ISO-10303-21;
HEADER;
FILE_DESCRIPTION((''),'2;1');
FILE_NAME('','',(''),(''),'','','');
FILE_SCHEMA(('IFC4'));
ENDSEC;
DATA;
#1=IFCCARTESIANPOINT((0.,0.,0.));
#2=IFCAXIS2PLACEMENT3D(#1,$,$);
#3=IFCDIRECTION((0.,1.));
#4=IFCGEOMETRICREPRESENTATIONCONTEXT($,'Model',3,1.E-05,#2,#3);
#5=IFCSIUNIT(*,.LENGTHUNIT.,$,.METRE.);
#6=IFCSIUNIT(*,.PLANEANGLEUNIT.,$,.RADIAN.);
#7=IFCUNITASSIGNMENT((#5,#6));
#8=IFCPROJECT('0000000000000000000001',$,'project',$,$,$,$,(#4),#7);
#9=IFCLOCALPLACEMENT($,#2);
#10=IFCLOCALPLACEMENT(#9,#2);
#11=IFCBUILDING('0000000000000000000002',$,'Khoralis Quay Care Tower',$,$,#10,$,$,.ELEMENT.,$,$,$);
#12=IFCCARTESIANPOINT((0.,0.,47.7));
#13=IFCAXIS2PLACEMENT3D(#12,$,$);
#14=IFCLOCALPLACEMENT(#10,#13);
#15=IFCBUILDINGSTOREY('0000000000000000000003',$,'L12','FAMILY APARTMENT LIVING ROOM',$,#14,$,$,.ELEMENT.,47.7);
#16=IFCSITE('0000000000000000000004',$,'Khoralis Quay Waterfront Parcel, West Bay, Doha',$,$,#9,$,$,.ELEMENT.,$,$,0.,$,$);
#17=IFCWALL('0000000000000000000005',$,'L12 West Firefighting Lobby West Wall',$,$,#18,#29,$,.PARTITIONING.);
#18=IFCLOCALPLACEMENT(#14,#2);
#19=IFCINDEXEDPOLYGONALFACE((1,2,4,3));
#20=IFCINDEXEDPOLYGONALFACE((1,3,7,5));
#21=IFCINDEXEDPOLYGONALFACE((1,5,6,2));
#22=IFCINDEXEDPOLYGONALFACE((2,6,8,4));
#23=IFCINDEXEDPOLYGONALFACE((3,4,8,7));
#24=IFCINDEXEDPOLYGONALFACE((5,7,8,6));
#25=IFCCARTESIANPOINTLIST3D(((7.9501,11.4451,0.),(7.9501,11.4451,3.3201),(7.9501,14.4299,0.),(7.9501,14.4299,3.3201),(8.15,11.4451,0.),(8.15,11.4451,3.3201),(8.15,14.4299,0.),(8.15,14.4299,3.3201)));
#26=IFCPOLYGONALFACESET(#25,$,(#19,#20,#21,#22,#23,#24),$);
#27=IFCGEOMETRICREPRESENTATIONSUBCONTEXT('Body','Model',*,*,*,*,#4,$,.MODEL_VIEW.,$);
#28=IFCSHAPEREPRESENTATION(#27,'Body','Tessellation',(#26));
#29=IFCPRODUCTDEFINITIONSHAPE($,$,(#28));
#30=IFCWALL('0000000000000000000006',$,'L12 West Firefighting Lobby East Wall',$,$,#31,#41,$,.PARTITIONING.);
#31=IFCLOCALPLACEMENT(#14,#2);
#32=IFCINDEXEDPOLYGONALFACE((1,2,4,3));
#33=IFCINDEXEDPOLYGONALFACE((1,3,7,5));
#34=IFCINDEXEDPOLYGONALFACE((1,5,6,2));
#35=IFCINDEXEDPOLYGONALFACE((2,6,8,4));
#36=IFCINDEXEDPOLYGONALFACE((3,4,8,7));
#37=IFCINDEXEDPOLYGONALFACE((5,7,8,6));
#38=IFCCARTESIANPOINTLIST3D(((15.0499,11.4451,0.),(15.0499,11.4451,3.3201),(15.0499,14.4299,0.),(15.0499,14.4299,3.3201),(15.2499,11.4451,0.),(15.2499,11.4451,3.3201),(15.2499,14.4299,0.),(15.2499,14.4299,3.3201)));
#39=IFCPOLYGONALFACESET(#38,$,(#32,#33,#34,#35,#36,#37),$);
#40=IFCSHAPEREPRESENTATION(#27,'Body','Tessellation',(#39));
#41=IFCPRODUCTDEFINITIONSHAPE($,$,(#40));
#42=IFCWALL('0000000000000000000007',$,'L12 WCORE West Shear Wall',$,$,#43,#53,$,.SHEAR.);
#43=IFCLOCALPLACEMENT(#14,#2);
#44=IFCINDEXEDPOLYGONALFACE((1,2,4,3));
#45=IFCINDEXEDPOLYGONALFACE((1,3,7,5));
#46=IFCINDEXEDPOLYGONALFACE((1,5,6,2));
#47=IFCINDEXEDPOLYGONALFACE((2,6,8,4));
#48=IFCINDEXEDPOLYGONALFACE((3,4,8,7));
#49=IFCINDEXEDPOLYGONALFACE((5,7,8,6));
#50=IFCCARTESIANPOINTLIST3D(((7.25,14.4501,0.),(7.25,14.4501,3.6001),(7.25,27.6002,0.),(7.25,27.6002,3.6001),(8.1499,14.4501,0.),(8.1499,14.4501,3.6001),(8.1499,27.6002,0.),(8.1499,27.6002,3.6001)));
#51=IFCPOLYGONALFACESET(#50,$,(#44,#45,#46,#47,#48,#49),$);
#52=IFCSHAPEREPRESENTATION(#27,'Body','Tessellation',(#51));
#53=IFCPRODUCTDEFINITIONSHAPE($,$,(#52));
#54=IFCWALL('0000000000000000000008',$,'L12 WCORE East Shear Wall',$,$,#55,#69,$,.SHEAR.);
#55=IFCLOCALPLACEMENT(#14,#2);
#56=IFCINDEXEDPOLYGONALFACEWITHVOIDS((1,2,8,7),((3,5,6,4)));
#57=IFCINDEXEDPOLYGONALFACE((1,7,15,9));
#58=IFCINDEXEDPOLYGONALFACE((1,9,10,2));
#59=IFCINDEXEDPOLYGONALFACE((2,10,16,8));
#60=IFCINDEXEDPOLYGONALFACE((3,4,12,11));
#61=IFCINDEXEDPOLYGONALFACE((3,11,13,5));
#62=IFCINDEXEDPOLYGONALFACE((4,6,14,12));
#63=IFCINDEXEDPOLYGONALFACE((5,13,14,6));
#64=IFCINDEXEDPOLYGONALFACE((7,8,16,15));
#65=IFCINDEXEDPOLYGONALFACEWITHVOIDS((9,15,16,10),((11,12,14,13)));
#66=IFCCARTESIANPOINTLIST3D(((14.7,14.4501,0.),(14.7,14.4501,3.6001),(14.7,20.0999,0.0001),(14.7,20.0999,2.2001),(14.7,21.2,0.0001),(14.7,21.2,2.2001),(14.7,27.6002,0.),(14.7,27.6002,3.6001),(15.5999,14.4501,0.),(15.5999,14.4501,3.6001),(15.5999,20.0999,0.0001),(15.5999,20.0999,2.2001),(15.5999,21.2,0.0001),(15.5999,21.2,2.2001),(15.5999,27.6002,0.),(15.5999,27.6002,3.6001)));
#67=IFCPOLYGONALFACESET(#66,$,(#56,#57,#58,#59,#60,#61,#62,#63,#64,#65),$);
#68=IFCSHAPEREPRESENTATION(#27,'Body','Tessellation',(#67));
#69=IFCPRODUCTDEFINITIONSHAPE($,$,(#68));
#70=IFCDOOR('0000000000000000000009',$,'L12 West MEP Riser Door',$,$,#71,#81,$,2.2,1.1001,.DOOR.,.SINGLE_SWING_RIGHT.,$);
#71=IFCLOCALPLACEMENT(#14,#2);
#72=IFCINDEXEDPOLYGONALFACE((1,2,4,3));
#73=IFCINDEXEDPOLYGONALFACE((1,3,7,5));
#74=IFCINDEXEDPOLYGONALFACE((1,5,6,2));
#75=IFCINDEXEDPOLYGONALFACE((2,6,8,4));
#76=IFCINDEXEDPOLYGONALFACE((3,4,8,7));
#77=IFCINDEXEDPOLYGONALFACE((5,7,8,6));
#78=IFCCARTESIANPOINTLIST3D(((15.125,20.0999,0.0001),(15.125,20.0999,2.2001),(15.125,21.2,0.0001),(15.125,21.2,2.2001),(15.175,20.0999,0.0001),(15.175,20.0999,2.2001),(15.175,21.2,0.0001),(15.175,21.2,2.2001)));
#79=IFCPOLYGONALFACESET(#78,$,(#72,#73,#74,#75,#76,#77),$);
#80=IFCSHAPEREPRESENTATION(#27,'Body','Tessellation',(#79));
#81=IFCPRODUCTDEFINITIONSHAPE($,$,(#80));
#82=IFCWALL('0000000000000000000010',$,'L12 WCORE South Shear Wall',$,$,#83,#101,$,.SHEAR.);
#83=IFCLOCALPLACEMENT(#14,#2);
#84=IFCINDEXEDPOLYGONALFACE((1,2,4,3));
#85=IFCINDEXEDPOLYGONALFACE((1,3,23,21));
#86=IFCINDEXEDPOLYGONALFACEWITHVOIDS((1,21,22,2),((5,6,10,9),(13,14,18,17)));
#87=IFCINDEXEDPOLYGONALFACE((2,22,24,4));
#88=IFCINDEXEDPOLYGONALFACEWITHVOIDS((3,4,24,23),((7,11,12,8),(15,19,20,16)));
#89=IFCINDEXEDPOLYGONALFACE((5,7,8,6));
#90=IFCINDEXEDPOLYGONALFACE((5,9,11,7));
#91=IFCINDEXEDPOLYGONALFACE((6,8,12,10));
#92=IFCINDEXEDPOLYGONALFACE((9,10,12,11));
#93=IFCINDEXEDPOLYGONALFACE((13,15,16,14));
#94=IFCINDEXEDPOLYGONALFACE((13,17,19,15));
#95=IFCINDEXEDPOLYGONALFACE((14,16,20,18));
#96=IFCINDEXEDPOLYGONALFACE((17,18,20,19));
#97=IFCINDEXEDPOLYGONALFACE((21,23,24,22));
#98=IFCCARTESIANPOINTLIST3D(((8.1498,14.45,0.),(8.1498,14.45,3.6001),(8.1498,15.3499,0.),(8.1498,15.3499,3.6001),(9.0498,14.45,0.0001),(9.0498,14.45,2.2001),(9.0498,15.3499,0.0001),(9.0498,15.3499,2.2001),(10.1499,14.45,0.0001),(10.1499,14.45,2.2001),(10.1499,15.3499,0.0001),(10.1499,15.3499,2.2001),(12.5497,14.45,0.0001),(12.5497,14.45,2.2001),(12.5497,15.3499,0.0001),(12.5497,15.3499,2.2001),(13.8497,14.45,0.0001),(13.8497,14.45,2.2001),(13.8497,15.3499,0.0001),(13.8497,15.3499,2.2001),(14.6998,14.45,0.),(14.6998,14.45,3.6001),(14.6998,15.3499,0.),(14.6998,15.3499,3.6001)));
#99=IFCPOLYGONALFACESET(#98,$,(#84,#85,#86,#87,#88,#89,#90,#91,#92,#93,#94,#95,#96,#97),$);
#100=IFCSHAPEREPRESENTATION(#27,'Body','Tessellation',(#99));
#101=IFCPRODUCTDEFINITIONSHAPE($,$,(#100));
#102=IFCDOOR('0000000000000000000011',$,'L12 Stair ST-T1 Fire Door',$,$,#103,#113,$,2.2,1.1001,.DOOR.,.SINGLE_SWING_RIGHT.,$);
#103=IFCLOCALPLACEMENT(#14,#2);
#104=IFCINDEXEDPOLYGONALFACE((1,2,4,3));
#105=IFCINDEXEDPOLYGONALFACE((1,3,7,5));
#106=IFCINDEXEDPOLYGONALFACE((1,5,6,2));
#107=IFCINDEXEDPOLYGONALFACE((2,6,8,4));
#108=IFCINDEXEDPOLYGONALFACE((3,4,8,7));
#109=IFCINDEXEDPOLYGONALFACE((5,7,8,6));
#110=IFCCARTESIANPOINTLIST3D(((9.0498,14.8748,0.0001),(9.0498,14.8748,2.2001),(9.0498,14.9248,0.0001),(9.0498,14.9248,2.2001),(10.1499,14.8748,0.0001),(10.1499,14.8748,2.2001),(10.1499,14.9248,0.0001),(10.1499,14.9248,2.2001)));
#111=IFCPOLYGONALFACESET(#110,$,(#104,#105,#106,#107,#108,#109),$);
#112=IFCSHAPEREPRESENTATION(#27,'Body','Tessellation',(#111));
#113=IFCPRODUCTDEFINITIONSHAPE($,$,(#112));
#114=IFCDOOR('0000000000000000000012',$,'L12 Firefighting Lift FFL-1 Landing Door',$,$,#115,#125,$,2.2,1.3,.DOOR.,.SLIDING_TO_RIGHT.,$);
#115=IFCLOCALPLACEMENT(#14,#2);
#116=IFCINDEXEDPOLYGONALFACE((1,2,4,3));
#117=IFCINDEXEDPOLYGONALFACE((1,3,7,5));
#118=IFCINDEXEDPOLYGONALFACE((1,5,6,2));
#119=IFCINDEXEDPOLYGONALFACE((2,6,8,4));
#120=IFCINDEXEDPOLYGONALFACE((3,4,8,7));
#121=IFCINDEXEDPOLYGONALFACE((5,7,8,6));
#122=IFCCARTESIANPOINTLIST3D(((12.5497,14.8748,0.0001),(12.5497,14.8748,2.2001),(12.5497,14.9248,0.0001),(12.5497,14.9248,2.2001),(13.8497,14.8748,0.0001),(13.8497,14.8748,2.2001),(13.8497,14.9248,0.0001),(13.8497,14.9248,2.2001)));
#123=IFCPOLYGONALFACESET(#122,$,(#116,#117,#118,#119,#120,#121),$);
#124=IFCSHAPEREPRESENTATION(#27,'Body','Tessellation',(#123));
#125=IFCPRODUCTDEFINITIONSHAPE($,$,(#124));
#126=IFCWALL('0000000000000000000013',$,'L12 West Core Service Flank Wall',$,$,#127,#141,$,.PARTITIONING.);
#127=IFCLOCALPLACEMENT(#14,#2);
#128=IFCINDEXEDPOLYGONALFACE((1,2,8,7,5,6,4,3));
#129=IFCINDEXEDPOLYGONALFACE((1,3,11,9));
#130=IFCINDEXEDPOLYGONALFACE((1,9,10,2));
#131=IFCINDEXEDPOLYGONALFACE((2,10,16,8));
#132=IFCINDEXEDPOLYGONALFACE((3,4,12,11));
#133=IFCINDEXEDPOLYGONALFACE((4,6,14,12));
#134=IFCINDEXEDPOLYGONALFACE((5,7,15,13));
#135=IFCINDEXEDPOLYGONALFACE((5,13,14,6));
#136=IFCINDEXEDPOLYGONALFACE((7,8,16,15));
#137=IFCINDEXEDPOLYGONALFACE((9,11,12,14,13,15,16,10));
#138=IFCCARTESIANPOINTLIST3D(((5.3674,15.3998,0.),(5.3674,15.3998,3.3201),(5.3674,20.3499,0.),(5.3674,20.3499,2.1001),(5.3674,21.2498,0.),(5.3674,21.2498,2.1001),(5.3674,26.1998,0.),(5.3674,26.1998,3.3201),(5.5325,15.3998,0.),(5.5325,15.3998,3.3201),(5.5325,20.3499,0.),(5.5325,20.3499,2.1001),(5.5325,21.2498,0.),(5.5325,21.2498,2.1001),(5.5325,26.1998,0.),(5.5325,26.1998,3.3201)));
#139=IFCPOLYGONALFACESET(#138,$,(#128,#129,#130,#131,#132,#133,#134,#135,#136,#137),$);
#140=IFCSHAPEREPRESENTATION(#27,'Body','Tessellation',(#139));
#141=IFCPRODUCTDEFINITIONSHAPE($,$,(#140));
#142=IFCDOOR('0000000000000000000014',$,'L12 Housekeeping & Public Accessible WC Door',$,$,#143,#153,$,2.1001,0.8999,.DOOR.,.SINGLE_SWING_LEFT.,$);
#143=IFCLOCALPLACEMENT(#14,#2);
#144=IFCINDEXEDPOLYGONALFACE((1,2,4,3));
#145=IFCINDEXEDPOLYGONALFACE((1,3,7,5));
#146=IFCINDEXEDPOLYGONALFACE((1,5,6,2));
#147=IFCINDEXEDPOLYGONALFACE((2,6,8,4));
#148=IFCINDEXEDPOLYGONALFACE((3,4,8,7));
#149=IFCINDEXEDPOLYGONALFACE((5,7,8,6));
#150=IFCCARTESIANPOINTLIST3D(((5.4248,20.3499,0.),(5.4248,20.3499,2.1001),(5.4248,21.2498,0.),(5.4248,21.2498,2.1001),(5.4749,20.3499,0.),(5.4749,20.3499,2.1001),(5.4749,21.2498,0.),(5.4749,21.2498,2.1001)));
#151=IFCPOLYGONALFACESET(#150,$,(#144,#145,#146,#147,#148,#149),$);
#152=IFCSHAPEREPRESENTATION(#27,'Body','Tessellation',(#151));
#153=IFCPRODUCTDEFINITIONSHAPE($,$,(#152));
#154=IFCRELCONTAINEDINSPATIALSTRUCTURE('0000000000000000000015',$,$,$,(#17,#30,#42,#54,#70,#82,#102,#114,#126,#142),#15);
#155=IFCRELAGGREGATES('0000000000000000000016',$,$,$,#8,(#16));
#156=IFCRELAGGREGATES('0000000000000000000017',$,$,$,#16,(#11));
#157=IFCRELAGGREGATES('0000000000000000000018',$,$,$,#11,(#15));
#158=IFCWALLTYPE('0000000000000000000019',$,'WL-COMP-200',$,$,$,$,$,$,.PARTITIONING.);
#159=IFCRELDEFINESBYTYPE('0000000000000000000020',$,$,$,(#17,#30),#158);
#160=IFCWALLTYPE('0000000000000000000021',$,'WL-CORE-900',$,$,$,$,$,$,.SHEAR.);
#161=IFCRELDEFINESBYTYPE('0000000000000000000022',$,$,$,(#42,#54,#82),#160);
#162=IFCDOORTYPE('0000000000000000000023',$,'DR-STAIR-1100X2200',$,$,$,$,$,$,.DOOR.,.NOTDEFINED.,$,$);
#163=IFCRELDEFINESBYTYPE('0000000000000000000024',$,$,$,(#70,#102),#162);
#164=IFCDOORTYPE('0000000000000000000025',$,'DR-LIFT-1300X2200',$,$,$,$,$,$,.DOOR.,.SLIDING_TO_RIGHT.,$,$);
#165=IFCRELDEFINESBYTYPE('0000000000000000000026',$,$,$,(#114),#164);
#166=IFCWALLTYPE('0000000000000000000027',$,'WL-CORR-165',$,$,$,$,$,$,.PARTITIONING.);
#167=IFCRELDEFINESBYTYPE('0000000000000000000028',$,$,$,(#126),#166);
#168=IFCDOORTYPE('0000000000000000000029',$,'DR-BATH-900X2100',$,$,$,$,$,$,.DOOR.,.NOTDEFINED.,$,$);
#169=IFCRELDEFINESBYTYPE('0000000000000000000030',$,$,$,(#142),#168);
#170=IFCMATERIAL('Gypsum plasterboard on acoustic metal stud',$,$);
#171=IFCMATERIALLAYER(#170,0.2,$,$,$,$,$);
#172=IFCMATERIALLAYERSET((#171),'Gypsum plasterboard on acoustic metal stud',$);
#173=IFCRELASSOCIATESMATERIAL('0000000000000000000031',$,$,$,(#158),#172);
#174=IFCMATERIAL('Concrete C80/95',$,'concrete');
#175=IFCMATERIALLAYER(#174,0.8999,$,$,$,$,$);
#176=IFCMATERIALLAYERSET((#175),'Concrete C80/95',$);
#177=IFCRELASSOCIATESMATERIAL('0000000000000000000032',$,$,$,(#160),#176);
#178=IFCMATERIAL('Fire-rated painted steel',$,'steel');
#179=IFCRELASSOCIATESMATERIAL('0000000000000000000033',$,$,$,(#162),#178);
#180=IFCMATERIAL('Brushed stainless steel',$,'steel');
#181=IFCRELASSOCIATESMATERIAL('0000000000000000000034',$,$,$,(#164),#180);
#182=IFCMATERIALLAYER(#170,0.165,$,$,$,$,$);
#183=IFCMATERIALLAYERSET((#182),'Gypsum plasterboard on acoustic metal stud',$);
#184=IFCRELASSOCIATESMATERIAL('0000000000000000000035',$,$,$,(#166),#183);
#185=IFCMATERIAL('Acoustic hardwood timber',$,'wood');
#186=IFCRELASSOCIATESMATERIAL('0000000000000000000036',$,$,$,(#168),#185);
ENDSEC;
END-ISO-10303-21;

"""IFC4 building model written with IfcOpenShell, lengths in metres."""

from ifc_helpers import new_model, si_unit, direction, frame, frame_2d, origin, place, context, subcontext, project, spatial, rectangle, extrude, source, transform, mapped, material, layer, layer_set, type_object, element, fill, save


model = new_model("IFC4")

# Units and contexts
model_context = context("Model", 3, precision=1e-05, world=origin(), true_north=direction((0.0, 1.0)))
body_context = subcontext(model_context, "Body", "Model", "MODEL_VIEW")
ifc_project = project(units=[si_unit("LENGTHUNIT", "METRE"), si_unit("PLANEANGLEUNIT", "RADIAN")], contexts=[model_context])

# Site, building, storey
site_placement = place(None, origin())
site = spatial("IfcSite", under=ifc_project, at=site_placement, Name="Khoralis Quay Waterfront Parcel, West Bay, Doha", CompositionType="ELEMENT", RefElevation=0.0)
building_placement = place(site_placement, origin())
building = spatial("IfcBuilding", under=site, at=building_placement, Name="Khoralis Quay Care Tower", CompositionType="ELEMENT")
storey_placement = place(building_placement, frame((0.0, 0.0, 47.7)))
storey = spatial("IfcBuildingStorey", under=building, at=storey_placement, Name="L12", Description="FAMILY APARTMENT LIVING ROOM", CompositionType="ELEMENT", Elevation=47.7)

# Shared definitions
ifc_material_1 = material(Name="Gypsum plasterboard on acoustic metal stud")
ifc_layer_1 = layer(ifc_material_1, 0.2)
ifc_layer_set_1 = layer_set([ifc_layer_1], Name="Gypsum plasterboard on acoustic metal stud")
wall_type_1 = type_object("IfcWallType", Name="WL-COMP-200", PredefinedType="PARTITIONING", material=ifc_layer_set_1)
ifc_material_2 = material(Name="Fire-rated painted steel", Category="steel")

# Walls
for number, where, z_axis, x_axis, name in (
    (1, (8.05, 11.4451, 0.0), (0.0, 0.0, 1.0), (0.0, 1.0, 0.0), "L12 West Firefighting Lobby West Wall"),
    (2, (15.1499, 11.4451, 0.0), (0.0, 0.0, 1.0), (0.0, 1.0, 0.0), "L12 West Firefighting Lobby East Wall"),
):
    element("IfcWall", number, at=place(storey_placement, frame(where, z_axis=z_axis, x_axis=x_axis)), inside=storey, type_object=wall_type_1, Name=name, PredefinedType="PARTITIONING", context=body_context, shape_type="SweptSolid", body=[
        extrude(rectangle(XDim=2.9849, YDim=0.2, at=frame_2d((1.4924, 0.0))), origin(), (0.0, 0.0, 1.0), 3.3201),
    ])
ifc_material_3 = material(Name="Concrete C80/95", Category="concrete")
ifc_layer_2 = layer(ifc_material_3, 0.8999)
ifc_layer_set_2 = layer_set([ifc_layer_2], Name="Concrete C80/95")
wall_type_2 = type_object("IfcWallType", Name="WL-CORE-900", PredefinedType="SHEAR", material=ifc_layer_set_2)
wall_1_placement = place(storey_placement, frame((7.7, 14.45, 0.0), z_axis=(0.0, 0.0, 1.0), x_axis=(0.0, 1.0, 0.0)))
element("IfcWall", 3, at=wall_1_placement, inside=storey, type_object=wall_type_2, Name="L12 WCORE West Shear Wall", PredefinedType="SHEAR", context=body_context, shape_type="SweptSolid", body=[
    extrude(rectangle(XDim=13.1501, YDim=0.8999, at=frame_2d((6.5752, 0.0))), origin(), (0.0, 0.0, 1.0), 3.6001),
])

# Wall, opening, door
wall_2_placement = place(storey_placement, frame((15.1499, 14.45, 0.0), z_axis=(0.0, 0.0, 1.0), x_axis=(0.0, 1.0, 0.0)))
wall_2 = element("IfcWall", 4, at=wall_2_placement, inside=storey, type_object=wall_type_2, Name="L12 WCORE East Shear Wall", PredefinedType="SHEAR", context=body_context, shape_type="SweptSolid", body=[
    extrude(rectangle(XDim=13.1501, YDim=0.8999, at=frame_2d((6.5752, 0.0))), origin(), (0.0, 0.0, 1.0), 3.6001),
])
opening_1_placement = place(wall_2_placement, frame((5.6499, 0.0, 0.0)))
opening_1 = element("IfcOpeningElement", 5, at=opening_1_placement, cuts=wall_2, PredefinedType="OPENING", context=body_context, shape_type="SweptSolid", body=[
    extrude(rectangle(XDim=1.1001, YDim=2.2, at=frame_2d((0.55, 1.1001))), frame((0.0, 0.46, 0.0), z_axis=(0.0, -1.0, 0.0), x_axis=(1.0, 0.0, 0.0)), (0.0, 0.0, 1.0), 0.9199),
])
door_type_1 = type_object("IfcDoorType", Name="DR-STAIR-1100X2200", OperationType="NOTDEFINED", PredefinedType="DOOR", material=ifc_material_2)
shared_shape_1 = source(origin(), body_context, "Body", "SweptSolid", [
    extrude(rectangle(XDim=1.1001, YDim=2.2, at=frame_2d((0.55, 1.1001))), frame((0.0, 0.0249, 0.0), z_axis=(0.0, -1.0, 0.0), x_axis=(1.0, 0.0, 0.0)), (0.0, 0.0, 1.0), 0.05),
])
door_1_placement = place(opening_1_placement, origin())
door_1 = element("IfcDoor", 6, at=door_1_placement, inside=storey, type_object=door_type_1, Name="L12 West MEP Riser Door", OperationType="SINGLE_SWING_RIGHT", OverallHeight=2.2, OverallWidth=1.1001, PredefinedType="DOOR", context=body_context, shape_type="MappedRepresentation", body=[
    mapped(shared_shape_1, transform((0.0, 0.0, 0.0), scale=1.0)),
])
fill(opening_1, door_1)

# Wall, openings, doors
wall_3_placement = place(storey_placement, frame((8.1499, 14.8999, 0.0), z_axis=(0.0, 0.0, 1.0), x_axis=(1.0, 0.0, 0.0)))
wall_3 = element("IfcWall", 7, at=wall_3_placement, inside=storey, type_object=wall_type_2, Name="L12 WCORE South Shear Wall", PredefinedType="SHEAR", context=body_context, shape_type="SweptSolid", body=[
    extrude(rectangle(XDim=6.55, YDim=0.8999, at=frame_2d((3.2749, 0.0))), origin(), (0.0, 0.0, 1.0), 3.6001),
])
opening_2_placement = place(wall_3_placement, frame((0.8999, 0.0, 0.0)))
opening_2 = element("IfcOpeningElement", 8, at=opening_2_placement, cuts=wall_3, PredefinedType="OPENING", context=body_context, shape_type="SweptSolid", body=[
    extrude(rectangle(XDim=1.1001, YDim=2.2, at=frame_2d((0.55, 1.1001))), frame((0.0, 0.46, 0.0), z_axis=(0.0, -1.0, 0.0), x_axis=(1.0, 0.0, 0.0)), (0.0, 0.0, 1.0), 0.9199),
])
opening_3_placement = place(wall_3_placement, frame((4.3999, 0.0, 0.0)))
opening_3 = element("IfcOpeningElement", 9, at=opening_3_placement, cuts=wall_3, PredefinedType="OPENING", context=body_context, shape_type="SweptSolid", body=[
    extrude(rectangle(XDim=1.3, YDim=2.2, at=frame_2d((0.6499, 1.1001))), frame((0.0, 0.46, 0.0), z_axis=(0.0, -1.0, 0.0), x_axis=(1.0, 0.0, 0.0)), (0.0, 0.0, 1.0), 0.9199),
])
door_2_placement = place(opening_2_placement, origin())
door_2 = element("IfcDoor", 10, at=door_2_placement, inside=storey, type_object=door_type_1, Name="L12 Stair ST-T1 Fire Door", OperationType="SINGLE_SWING_RIGHT", OverallHeight=2.2, OverallWidth=1.1001, PredefinedType="DOOR", context=body_context, shape_type="MappedRepresentation", body=[
    mapped(shared_shape_1, transform((0.0, 0.0, 0.0), scale=1.0)),
])
fill(opening_2, door_2)
ifc_material_4 = material(Name="Brushed stainless steel", Category="steel")
door_type_2 = type_object("IfcDoorType", Name="DR-LIFT-1300X2200", OperationType="SLIDING_TO_RIGHT", PredefinedType="DOOR", material=ifc_material_4)
shared_shape_2 = source(origin(), body_context, "Body", "SweptSolid", [
    extrude(rectangle(XDim=1.3, YDim=2.2, at=frame_2d((0.6499, 1.1001))), frame((0.0, 0.0249, 0.0), z_axis=(0.0, -1.0, 0.0), x_axis=(1.0, 0.0, 0.0)), (0.0, 0.0, 1.0), 0.05),
])
door_3_placement = place(opening_3_placement, origin())
door_3 = element("IfcDoor", 11, at=door_3_placement, inside=storey, type_object=door_type_2, Name="L12 Firefighting Lift FFL-1 Landing Door", OperationType="SLIDING_TO_RIGHT", OverallHeight=2.2, OverallWidth=1.3, PredefinedType="DOOR", context=body_context, shape_type="MappedRepresentation", body=[
    mapped(shared_shape_2, transform((0.0, 0.0, 0.0), scale=1.0)),
])
fill(opening_3, door_3)

# Wall, opening, door
ifc_layer_3 = layer(ifc_material_1, 0.165)
ifc_layer_set_3 = layer_set([ifc_layer_3], Name="Gypsum plasterboard on acoustic metal stud")
wall_type_3 = type_object("IfcWallType", Name="WL-CORR-165", PredefinedType="PARTITIONING", material=ifc_layer_set_3)
wall_4_placement = place(storey_placement, frame((5.45, 15.3999, 0.0), z_axis=(0.0, 0.0, 1.0), x_axis=(0.0, 1.0, 0.0)))
wall_4 = element("IfcWall", 12, at=wall_4_placement, inside=storey, type_object=wall_type_3, Name="L12 West Core Service Flank Wall", PredefinedType="PARTITIONING", context=body_context, shape_type="SweptSolid", body=[
    extrude(rectangle(XDim=10.8, YDim=0.165, at=frame_2d((5.3999, 0.0))), origin(), (0.0, 0.0, 1.0), 3.3201),
])
opening_4_placement = place(wall_4_placement, frame((4.95, 0.0, 0.0)))
opening_4 = element("IfcOpeningElement", 13, at=opening_4_placement, cuts=wall_4, PredefinedType="OPENING", context=body_context, shape_type="SweptSolid", body=[
    extrude(rectangle(XDim=0.8999, YDim=2.1001, at=frame_2d((0.45, 1.05))), frame((0.0, 0.0925, 0.0), z_axis=(0.0, -1.0, 0.0), x_axis=(1.0, 0.0, 0.0)), (0.0, 0.0, 1.0), 0.1851),
])
ifc_material_5 = material(Name="Acoustic hardwood timber", Category="wood")
door_type_3 = type_object("IfcDoorType", Name="DR-BATH-900X2100", OperationType="NOTDEFINED", PredefinedType="DOOR", material=ifc_material_5)
shared_shape_3 = source(origin(), body_context, "Body", "SweptSolid", [
    extrude(rectangle(XDim=0.8999, YDim=2.1001, at=frame_2d((0.45, 1.05))), frame((0.0, 0.0249, 0.0), z_axis=(0.0, -1.0, 0.0), x_axis=(1.0, 0.0, 0.0)), (0.0, 0.0, 1.0), 0.05),
])
door_4_placement = place(opening_4_placement, frame((0.8999, 0.0, 0.0), z_axis=(0.0, 0.0, 1.0), x_axis=(-1.0, 0.0, 0.0)))
door_4 = element("IfcDoor", 14, at=door_4_placement, inside=storey, type_object=door_type_3, Name="L12 Housekeeping & Public Accessible WC Door", OperationType="SINGLE_SWING_LEFT", OverallHeight=2.1001, OverallWidth=0.8999, PredefinedType="DOOR", context=body_context, shape_type="MappedRepresentation", body=[
    mapped(shared_shape_3, transform((0.0, 0.0, 0.0), scale=1.0)),
])
fill(opening_4, door_4)

save(model, "model.ifc")
